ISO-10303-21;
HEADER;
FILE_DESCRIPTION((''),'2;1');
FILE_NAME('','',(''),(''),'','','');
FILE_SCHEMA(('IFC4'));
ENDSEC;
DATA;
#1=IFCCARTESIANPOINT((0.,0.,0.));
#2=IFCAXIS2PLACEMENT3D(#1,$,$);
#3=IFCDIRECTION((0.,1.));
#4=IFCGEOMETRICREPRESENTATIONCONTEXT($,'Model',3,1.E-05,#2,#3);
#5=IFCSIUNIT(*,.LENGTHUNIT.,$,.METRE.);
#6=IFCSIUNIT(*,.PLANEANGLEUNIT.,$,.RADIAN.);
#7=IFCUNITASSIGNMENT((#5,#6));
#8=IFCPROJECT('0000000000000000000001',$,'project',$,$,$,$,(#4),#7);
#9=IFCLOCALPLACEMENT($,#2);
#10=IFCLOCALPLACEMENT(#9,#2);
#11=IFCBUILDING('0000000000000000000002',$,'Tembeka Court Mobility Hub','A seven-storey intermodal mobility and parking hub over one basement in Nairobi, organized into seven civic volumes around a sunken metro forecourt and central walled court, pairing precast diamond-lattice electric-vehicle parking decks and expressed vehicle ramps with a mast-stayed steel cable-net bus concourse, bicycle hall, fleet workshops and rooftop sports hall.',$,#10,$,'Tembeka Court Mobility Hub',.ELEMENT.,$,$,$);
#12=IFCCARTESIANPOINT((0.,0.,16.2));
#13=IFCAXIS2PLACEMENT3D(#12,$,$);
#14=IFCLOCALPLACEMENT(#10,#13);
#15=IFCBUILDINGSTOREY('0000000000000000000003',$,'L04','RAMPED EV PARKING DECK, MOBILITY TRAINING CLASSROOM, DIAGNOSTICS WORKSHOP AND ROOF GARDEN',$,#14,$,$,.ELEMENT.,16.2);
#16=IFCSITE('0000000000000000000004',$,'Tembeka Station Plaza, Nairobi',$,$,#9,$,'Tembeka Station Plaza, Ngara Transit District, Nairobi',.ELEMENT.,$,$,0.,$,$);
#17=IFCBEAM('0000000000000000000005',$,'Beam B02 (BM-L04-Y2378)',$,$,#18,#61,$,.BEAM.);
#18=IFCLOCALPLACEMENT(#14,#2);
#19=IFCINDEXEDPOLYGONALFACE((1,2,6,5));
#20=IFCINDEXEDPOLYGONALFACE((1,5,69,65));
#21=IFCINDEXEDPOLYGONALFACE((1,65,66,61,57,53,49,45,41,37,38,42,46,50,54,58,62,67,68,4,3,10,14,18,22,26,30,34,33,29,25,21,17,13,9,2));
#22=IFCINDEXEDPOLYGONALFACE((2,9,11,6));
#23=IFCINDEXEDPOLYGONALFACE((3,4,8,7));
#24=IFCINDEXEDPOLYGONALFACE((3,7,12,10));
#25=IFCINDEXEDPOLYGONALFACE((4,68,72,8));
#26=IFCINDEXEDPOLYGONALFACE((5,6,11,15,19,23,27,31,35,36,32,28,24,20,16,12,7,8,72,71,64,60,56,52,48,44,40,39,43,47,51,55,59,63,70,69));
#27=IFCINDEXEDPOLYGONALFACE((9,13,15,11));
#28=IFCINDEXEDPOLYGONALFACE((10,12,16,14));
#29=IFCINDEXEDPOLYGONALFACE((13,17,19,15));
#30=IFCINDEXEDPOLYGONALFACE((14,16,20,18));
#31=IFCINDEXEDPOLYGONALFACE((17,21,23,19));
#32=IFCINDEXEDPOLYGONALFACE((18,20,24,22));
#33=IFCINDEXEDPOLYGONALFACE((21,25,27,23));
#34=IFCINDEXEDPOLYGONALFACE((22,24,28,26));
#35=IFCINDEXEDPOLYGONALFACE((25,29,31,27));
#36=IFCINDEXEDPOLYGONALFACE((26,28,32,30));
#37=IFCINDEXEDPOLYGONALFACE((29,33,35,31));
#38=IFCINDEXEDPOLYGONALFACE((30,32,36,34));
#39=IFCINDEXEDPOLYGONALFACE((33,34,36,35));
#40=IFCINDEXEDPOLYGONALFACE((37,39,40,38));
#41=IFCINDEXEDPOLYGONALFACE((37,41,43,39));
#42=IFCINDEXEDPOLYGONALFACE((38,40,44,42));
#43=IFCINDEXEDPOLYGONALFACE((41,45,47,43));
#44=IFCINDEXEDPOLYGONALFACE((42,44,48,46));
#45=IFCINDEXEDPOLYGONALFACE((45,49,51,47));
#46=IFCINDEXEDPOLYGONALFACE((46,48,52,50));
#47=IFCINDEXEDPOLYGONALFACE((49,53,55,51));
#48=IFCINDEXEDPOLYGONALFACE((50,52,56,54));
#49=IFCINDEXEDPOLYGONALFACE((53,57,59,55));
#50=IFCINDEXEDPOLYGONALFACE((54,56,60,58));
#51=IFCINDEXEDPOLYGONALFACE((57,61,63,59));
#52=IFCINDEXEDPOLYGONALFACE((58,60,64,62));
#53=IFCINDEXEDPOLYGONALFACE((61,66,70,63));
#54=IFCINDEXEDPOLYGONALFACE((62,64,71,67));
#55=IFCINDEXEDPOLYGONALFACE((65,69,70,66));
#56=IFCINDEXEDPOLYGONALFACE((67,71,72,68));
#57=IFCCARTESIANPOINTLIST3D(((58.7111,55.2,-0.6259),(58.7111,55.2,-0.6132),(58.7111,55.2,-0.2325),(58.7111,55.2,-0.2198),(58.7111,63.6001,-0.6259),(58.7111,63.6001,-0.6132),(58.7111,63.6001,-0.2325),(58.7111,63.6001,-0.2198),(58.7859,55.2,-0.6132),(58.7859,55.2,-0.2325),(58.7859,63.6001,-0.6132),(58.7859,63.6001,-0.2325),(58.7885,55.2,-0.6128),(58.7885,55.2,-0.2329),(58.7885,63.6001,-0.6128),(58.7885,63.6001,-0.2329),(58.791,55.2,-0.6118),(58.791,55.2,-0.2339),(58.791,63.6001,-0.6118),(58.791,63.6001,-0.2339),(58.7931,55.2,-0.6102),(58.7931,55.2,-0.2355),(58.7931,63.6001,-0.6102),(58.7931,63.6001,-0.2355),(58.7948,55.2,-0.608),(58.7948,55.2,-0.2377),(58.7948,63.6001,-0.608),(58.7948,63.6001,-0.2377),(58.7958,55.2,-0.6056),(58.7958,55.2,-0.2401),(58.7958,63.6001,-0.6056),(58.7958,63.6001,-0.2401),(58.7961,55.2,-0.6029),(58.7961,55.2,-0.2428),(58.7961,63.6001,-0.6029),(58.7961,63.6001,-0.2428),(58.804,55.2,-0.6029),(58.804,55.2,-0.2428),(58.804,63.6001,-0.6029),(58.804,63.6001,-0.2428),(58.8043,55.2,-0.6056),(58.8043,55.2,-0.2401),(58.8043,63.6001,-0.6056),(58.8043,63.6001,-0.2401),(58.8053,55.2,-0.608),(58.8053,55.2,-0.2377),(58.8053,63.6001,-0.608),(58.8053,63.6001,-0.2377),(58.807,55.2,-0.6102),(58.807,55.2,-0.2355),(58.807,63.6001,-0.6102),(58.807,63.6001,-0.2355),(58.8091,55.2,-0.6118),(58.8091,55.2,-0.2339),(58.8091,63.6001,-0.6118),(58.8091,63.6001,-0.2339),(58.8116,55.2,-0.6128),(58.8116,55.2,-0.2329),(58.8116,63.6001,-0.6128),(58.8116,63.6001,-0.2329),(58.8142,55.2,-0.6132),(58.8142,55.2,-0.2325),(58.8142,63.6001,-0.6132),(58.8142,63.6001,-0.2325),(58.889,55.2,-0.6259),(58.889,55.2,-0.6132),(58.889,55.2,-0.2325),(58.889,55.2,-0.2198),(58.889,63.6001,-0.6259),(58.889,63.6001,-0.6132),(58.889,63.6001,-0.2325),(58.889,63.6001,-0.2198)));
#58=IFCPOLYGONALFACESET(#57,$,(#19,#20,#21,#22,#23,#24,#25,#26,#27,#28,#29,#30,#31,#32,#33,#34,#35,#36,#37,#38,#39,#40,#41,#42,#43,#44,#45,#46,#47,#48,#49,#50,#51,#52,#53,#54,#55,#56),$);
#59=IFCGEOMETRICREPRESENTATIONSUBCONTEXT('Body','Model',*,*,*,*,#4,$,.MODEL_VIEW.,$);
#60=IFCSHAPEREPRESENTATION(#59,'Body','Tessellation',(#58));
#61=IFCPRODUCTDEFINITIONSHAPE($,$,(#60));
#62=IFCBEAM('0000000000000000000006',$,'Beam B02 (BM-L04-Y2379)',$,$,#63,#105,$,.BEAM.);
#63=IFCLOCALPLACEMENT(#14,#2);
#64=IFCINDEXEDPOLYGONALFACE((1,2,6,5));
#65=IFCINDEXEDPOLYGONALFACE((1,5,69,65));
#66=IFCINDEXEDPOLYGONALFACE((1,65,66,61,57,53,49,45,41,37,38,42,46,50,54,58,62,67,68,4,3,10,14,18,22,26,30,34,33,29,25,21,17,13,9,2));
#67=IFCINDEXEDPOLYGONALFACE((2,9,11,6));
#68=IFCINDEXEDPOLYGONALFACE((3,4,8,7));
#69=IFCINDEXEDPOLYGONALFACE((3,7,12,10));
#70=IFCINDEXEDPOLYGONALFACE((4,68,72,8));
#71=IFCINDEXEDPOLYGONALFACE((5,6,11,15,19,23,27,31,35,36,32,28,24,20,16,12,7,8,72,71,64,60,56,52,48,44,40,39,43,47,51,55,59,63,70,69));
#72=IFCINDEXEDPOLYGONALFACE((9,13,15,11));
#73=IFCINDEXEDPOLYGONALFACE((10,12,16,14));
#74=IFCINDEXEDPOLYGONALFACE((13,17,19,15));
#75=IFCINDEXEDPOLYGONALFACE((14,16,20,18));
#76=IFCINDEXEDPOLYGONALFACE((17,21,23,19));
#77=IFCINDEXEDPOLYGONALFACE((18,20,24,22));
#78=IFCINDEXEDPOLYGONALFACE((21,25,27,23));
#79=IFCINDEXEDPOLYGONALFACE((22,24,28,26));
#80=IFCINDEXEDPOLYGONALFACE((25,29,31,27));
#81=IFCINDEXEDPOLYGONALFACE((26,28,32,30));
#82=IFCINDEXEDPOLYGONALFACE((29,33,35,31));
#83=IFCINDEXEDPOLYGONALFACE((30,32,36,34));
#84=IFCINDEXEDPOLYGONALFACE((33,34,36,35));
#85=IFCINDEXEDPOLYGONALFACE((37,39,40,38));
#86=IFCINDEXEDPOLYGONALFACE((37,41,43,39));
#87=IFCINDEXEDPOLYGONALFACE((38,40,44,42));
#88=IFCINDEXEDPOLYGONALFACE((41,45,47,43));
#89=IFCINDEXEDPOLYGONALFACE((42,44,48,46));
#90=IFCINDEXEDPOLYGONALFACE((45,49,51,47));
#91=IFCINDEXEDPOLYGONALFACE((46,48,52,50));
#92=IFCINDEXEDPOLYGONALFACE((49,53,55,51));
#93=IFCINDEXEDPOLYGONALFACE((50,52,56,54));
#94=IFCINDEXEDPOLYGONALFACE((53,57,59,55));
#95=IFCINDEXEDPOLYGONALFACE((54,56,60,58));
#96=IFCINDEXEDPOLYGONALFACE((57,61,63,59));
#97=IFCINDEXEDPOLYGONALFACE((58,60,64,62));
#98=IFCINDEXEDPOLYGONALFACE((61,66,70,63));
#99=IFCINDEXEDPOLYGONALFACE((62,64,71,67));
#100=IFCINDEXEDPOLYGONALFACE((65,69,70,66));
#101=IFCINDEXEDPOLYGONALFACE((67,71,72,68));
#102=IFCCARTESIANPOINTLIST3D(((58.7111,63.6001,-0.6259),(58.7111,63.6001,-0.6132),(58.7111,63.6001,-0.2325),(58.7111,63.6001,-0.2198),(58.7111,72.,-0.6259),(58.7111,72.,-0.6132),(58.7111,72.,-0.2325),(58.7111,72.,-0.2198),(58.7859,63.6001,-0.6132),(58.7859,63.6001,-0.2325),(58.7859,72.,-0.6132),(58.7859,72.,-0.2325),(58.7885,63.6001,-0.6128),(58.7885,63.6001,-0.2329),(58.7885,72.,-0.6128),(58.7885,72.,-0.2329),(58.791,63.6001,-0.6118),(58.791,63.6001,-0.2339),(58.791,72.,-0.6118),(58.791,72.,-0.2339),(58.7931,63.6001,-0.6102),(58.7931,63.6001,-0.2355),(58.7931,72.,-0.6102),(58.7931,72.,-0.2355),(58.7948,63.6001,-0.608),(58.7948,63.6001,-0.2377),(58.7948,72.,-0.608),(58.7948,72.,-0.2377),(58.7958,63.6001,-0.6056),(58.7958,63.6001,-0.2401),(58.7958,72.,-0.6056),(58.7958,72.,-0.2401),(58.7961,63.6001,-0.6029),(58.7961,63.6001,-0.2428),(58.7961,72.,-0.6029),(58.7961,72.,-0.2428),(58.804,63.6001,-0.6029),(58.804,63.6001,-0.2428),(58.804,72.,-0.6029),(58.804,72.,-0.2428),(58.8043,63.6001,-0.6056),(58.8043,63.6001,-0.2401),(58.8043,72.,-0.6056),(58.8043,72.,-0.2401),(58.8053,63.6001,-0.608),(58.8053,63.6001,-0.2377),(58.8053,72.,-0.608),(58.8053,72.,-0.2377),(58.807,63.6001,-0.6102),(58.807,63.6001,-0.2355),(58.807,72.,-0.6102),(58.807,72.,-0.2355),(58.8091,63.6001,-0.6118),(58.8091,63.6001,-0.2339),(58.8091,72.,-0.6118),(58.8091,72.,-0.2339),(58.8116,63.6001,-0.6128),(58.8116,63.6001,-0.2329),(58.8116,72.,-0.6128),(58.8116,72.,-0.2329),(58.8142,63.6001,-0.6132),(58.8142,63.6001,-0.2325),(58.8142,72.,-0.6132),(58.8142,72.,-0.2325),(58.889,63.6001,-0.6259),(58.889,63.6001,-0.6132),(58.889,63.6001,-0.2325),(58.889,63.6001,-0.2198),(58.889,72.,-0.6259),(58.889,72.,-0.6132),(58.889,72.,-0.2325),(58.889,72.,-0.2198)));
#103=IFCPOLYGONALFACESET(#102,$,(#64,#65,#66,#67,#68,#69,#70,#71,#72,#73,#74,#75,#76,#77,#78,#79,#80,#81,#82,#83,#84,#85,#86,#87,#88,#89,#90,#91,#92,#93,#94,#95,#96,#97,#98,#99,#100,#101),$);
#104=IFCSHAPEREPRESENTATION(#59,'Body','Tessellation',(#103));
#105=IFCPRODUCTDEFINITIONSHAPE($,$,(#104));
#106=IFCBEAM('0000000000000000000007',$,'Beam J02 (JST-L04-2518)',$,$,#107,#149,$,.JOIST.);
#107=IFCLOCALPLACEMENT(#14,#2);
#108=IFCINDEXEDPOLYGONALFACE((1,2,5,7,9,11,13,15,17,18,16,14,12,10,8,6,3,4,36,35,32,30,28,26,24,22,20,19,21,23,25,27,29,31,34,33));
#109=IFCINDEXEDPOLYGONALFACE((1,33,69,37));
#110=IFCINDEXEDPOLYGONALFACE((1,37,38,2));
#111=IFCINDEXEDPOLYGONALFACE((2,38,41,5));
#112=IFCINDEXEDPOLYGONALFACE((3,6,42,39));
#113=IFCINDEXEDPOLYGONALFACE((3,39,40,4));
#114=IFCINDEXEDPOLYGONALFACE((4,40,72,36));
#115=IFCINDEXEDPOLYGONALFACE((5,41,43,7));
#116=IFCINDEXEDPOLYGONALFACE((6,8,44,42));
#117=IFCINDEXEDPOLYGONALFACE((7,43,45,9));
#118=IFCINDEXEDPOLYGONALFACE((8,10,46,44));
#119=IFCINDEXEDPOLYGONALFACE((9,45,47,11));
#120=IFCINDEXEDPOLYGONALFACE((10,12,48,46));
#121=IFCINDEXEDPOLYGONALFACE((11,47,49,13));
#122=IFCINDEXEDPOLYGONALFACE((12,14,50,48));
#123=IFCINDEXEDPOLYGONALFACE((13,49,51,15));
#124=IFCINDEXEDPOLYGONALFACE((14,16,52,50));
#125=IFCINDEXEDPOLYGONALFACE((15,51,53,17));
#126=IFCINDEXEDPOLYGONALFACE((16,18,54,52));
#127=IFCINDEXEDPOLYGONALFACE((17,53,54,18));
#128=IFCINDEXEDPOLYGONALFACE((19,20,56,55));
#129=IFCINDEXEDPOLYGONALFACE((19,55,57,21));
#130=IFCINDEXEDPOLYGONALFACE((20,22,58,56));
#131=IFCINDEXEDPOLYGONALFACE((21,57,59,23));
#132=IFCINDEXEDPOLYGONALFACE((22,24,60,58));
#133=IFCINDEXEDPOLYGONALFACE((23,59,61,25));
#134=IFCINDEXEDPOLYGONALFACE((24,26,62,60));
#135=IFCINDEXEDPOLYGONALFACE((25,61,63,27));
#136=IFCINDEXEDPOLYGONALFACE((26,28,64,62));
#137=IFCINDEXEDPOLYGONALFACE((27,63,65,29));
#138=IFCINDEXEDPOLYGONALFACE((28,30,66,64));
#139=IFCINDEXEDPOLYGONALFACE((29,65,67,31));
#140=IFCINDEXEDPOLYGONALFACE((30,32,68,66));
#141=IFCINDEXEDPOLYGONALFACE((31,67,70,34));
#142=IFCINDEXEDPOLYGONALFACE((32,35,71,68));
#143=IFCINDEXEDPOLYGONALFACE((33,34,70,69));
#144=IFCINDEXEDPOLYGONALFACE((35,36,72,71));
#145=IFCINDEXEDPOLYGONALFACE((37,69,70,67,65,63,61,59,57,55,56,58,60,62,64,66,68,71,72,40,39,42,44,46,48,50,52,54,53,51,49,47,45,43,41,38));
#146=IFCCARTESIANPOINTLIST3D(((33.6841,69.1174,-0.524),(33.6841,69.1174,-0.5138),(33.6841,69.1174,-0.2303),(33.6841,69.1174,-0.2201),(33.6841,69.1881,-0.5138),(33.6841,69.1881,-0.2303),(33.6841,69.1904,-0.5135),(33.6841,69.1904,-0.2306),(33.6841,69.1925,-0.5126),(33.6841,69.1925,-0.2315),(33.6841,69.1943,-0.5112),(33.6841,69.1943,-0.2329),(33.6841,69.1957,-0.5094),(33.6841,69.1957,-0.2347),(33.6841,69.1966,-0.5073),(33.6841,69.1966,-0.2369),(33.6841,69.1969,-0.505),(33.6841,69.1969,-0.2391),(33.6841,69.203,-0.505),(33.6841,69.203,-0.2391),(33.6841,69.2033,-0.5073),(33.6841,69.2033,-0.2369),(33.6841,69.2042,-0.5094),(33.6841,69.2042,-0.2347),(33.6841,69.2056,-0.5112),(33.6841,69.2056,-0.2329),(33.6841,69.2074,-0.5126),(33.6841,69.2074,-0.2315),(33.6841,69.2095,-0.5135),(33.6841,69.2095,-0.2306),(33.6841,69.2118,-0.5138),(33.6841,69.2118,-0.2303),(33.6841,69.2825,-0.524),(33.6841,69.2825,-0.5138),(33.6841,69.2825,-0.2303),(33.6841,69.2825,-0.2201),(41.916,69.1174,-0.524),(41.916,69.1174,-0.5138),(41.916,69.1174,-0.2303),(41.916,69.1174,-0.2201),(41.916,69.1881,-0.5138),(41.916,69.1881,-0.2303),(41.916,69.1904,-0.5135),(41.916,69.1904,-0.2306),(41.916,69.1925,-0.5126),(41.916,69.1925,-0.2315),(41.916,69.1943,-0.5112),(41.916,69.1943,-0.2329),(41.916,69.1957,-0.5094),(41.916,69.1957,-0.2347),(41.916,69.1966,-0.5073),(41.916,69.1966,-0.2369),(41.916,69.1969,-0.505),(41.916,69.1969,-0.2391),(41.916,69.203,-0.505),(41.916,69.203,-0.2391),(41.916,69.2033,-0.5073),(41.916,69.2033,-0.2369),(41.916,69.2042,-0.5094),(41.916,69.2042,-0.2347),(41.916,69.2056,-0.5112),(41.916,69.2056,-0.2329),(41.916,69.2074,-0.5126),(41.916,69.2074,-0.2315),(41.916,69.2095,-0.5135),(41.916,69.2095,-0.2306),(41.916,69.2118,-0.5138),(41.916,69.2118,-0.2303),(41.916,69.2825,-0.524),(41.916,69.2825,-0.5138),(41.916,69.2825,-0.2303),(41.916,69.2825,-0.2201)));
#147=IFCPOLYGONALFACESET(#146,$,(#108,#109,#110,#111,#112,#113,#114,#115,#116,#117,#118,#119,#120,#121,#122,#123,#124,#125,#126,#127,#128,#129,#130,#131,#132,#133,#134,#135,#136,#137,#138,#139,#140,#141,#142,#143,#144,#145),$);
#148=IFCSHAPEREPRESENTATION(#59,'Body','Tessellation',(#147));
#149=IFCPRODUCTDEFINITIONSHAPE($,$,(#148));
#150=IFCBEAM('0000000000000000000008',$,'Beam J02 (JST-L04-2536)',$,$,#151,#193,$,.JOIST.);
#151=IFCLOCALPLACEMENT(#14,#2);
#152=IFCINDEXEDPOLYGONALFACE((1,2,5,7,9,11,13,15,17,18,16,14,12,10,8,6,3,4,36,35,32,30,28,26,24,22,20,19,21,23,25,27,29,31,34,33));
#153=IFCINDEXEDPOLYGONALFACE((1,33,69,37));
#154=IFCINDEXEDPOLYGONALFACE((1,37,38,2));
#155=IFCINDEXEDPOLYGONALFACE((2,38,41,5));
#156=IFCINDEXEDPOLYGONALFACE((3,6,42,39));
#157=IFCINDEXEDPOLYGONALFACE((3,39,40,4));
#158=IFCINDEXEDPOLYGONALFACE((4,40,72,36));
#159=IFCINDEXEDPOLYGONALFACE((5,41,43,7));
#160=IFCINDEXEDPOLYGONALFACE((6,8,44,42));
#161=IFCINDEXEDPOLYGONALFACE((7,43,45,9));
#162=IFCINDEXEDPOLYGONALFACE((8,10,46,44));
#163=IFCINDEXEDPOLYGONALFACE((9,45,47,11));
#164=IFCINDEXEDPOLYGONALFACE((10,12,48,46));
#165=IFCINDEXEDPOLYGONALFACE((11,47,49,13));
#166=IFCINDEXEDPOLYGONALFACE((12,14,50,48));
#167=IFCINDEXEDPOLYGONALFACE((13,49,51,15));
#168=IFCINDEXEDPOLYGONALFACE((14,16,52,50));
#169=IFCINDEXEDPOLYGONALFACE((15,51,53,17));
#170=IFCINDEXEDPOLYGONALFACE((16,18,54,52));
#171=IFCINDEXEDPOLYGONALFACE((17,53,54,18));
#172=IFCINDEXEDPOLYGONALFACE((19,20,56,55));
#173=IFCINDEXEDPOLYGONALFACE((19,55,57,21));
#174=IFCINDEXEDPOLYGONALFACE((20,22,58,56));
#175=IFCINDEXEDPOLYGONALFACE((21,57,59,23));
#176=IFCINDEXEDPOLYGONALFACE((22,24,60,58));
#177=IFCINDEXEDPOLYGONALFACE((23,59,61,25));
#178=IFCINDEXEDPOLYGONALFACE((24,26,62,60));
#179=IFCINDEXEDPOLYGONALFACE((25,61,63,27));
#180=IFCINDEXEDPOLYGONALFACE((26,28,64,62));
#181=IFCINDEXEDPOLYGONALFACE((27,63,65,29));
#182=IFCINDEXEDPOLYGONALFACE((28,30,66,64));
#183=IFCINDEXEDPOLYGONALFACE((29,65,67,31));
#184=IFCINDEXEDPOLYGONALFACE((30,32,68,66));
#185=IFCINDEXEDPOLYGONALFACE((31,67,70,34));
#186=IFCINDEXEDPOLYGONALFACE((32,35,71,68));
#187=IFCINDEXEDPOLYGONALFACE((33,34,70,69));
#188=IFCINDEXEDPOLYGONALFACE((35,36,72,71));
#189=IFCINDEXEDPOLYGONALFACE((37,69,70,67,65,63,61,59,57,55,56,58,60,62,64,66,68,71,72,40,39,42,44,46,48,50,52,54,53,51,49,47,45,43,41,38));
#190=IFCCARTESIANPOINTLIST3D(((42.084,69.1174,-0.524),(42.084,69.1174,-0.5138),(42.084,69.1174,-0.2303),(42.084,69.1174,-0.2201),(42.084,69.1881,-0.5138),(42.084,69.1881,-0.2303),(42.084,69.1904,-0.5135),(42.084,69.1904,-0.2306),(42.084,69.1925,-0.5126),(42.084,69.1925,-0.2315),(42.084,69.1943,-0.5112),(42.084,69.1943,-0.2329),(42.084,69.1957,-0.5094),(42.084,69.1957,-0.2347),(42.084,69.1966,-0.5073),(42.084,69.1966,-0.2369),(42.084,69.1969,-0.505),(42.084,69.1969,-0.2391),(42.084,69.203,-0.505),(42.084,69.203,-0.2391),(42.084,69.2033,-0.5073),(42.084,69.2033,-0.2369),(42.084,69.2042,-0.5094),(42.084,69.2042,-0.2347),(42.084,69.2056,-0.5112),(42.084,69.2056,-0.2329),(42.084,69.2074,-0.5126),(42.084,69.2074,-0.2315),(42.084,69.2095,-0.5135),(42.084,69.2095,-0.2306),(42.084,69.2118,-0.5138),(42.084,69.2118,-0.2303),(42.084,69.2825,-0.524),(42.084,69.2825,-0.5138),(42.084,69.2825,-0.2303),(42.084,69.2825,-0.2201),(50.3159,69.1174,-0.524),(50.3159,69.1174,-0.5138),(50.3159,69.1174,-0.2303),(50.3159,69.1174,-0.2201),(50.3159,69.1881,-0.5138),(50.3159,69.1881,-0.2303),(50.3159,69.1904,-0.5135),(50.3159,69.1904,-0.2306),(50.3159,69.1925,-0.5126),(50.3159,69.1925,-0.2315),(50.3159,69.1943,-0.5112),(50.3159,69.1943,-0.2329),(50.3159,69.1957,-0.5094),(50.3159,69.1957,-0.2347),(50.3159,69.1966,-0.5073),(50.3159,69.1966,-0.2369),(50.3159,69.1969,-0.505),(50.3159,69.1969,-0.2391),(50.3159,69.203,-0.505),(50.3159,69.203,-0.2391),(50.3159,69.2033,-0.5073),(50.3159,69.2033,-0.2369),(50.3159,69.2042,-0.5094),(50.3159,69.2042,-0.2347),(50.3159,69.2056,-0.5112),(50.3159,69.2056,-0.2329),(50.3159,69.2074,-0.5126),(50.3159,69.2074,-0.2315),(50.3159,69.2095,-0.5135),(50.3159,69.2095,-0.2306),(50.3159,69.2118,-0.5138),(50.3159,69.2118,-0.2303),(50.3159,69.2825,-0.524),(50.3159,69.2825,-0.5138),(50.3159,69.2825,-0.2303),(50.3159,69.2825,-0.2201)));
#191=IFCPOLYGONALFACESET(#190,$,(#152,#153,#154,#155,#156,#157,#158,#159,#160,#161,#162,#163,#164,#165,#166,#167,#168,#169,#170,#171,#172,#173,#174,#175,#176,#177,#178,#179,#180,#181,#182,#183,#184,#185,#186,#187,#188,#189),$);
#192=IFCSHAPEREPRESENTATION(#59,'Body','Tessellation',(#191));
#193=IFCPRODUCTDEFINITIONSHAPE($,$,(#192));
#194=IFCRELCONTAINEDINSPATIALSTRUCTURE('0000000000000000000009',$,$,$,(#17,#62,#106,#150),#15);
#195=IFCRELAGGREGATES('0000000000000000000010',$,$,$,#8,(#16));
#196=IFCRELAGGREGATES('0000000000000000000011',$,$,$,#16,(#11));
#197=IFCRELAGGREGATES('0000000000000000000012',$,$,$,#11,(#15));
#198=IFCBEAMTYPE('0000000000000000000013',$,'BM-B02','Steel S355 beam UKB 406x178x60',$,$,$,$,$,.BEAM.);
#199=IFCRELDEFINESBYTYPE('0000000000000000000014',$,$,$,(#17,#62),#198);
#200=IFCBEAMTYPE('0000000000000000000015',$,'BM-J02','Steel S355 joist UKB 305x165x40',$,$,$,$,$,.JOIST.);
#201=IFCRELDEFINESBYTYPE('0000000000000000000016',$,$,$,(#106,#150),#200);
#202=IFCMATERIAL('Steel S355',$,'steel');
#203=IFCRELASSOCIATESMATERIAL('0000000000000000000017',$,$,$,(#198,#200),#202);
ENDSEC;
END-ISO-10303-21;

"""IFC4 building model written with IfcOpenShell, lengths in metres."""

from ifc_helpers import new_model, si_unit, direction, frame, origin, origin_2d, place, context, subcontext, project, spatial, i_section, extrude, material, material_profile, profile_set, type_object, element, save


model = new_model("IFC4")

# Units and contexts
model_context = context("Model", 3, precision=1e-05, world=origin(), true_north=direction((0.0, 1.0)))
body_context = subcontext(model_context, "Body", "Model", "MODEL_VIEW")
ifc_project = project(units=[si_unit("LENGTHUNIT", "METRE"), si_unit("PLANEANGLEUNIT", "RADIAN")], contexts=[model_context])

# Site, building, storey
site_placement = place(None, origin())
site = spatial("IfcSite", under=ifc_project, at=site_placement, Name="Tembeka Station Plaza, Nairobi", LongName="Tembeka Station Plaza, Ngara Transit District, Nairobi", CompositionType="ELEMENT", RefElevation=0.0)
building_placement = place(site_placement, origin())
building = spatial("IfcBuilding", under=site, at=building_placement, Name="Tembeka Court Mobility Hub", Description="A seven-storey intermodal mobility and parking hub over one basement in Nairobi, organized into seven civic volumes around a sunken metro forecourt and central walled court, pairing precast diamond-lattice electric-vehicle parking decks and expressed vehicle ramps with a mast-stayed steel cable-net bus concourse, bicycle hall, fleet workshops and rooftop sports hall.", LongName="Tembeka Court Mobility Hub", CompositionType="ELEMENT")
storey_placement = place(building_placement, frame((0.0, 0.0, 16.2)))
storey = spatial("IfcBuildingStorey", under=building, at=storey_placement, Name="L04", Description="RAMPED EV PARKING DECK, MOBILITY TRAINING CLASSROOM, DIAGNOSTICS WORKSHOP AND ROOF GARDEN", CompositionType="ELEMENT", Elevation=16.2)

# Shared definitions
ifc_material_1 = material(Name="Steel S355", Category="steel")

# Beams
ifc_material_profile_1 = material_profile(ifc_material_1, i_section(OverallWidth=0.178, OverallDepth=0.406, WebThickness=0.0078, FlangeThickness=0.0127, FilletRadius=0.0103, at=origin_2d()), Name="UKB 406x178x60")
ifc_profile_set_1 = profile_set([ifc_material_profile_1], Name="Steel S355")
beam_type_1 = type_object("IfcBeamType", Name="BM-B02", Description="Steel S355 beam UKB 406x178x60", PredefinedType="BEAM", material=ifc_profile_set_1)
beam_1_placement = place(storey_placement, frame((58.8, 55.2, -0.4229), z_axis=(0.0, 1.0, 0.0), x_axis=(-1.0, 0.0, 0.0)))
element("IfcBeam", 1, at=beam_1_placement, inside=storey, type_object=beam_type_1, Name="Beam B02 (BM-L04-Y2378)", PredefinedType="BEAM", context=body_context, shape_type="SweptSolid", body=[
    extrude(i_section(OverallWidth=0.178, OverallDepth=0.406, WebThickness=0.0078, FlangeThickness=0.0127, FilletRadius=0.0103, at=origin_2d()), origin(), (0.0, 0.0, 1.0), 8.4001),
])
beam_2_placement = place(storey_placement, frame((58.8, 63.6001, -0.4229), z_axis=(0.0, 1.0, 0.0), x_axis=(-1.0, 0.0, 0.0)))
element("IfcBeam", 2, at=beam_2_placement, inside=storey, type_object=beam_type_1, Name="Beam B02 (BM-L04-Y2379)", PredefinedType="BEAM", context=body_context, shape_type="SweptSolid", body=[
    extrude(i_section(OverallWidth=0.178, OverallDepth=0.406, WebThickness=0.0078, FlangeThickness=0.0127, FilletRadius=0.0103, at=origin_2d()), origin(), (0.0, 0.0, 1.0), 8.3999),
])
ifc_material_profile_2 = material_profile(ifc_material_1, i_section(OverallWidth=0.165, OverallDepth=0.304, WebThickness=0.0061, FlangeThickness=0.0103, FilletRadius=0.0088, at=origin_2d()), Name="UKB 305x165x40")
ifc_profile_set_2 = profile_set([ifc_material_profile_2], Name="Steel S355")
beam_type_2 = type_object("IfcBeamType", Name="BM-J02", Description="Steel S355 joist UKB 305x165x40", PredefinedType="JOIST", material=ifc_profile_set_2)
for number, where, z_axis, x_axis, name in (
    (3, (33.6841, 69.2, -0.3721), (1.0, 0.0, 0.0), (0.0, 1.0, 0.0), "Beam J02 (JST-L04-2518)"),
    (4, (42.084, 69.2, -0.3721), (1.0, 0.0, 0.0), (0.0, 1.0, 0.0), "Beam J02 (JST-L04-2536)"),
):
    element("IfcBeam", number, at=place(storey_placement, frame(where, z_axis=z_axis, x_axis=x_axis)), inside=storey, type_object=beam_type_2, Name=name, PredefinedType="JOIST", context=body_context, shape_type="SweptSolid", body=[
        extrude(i_section(OverallWidth=0.165, OverallDepth=0.304, WebThickness=0.0061, FlangeThickness=0.0103, FilletRadius=0.0088, at=origin_2d()), origin(), (0.0, 0.0, 1.0), 8.2319),
    ])

save(model, "model.ifc")
